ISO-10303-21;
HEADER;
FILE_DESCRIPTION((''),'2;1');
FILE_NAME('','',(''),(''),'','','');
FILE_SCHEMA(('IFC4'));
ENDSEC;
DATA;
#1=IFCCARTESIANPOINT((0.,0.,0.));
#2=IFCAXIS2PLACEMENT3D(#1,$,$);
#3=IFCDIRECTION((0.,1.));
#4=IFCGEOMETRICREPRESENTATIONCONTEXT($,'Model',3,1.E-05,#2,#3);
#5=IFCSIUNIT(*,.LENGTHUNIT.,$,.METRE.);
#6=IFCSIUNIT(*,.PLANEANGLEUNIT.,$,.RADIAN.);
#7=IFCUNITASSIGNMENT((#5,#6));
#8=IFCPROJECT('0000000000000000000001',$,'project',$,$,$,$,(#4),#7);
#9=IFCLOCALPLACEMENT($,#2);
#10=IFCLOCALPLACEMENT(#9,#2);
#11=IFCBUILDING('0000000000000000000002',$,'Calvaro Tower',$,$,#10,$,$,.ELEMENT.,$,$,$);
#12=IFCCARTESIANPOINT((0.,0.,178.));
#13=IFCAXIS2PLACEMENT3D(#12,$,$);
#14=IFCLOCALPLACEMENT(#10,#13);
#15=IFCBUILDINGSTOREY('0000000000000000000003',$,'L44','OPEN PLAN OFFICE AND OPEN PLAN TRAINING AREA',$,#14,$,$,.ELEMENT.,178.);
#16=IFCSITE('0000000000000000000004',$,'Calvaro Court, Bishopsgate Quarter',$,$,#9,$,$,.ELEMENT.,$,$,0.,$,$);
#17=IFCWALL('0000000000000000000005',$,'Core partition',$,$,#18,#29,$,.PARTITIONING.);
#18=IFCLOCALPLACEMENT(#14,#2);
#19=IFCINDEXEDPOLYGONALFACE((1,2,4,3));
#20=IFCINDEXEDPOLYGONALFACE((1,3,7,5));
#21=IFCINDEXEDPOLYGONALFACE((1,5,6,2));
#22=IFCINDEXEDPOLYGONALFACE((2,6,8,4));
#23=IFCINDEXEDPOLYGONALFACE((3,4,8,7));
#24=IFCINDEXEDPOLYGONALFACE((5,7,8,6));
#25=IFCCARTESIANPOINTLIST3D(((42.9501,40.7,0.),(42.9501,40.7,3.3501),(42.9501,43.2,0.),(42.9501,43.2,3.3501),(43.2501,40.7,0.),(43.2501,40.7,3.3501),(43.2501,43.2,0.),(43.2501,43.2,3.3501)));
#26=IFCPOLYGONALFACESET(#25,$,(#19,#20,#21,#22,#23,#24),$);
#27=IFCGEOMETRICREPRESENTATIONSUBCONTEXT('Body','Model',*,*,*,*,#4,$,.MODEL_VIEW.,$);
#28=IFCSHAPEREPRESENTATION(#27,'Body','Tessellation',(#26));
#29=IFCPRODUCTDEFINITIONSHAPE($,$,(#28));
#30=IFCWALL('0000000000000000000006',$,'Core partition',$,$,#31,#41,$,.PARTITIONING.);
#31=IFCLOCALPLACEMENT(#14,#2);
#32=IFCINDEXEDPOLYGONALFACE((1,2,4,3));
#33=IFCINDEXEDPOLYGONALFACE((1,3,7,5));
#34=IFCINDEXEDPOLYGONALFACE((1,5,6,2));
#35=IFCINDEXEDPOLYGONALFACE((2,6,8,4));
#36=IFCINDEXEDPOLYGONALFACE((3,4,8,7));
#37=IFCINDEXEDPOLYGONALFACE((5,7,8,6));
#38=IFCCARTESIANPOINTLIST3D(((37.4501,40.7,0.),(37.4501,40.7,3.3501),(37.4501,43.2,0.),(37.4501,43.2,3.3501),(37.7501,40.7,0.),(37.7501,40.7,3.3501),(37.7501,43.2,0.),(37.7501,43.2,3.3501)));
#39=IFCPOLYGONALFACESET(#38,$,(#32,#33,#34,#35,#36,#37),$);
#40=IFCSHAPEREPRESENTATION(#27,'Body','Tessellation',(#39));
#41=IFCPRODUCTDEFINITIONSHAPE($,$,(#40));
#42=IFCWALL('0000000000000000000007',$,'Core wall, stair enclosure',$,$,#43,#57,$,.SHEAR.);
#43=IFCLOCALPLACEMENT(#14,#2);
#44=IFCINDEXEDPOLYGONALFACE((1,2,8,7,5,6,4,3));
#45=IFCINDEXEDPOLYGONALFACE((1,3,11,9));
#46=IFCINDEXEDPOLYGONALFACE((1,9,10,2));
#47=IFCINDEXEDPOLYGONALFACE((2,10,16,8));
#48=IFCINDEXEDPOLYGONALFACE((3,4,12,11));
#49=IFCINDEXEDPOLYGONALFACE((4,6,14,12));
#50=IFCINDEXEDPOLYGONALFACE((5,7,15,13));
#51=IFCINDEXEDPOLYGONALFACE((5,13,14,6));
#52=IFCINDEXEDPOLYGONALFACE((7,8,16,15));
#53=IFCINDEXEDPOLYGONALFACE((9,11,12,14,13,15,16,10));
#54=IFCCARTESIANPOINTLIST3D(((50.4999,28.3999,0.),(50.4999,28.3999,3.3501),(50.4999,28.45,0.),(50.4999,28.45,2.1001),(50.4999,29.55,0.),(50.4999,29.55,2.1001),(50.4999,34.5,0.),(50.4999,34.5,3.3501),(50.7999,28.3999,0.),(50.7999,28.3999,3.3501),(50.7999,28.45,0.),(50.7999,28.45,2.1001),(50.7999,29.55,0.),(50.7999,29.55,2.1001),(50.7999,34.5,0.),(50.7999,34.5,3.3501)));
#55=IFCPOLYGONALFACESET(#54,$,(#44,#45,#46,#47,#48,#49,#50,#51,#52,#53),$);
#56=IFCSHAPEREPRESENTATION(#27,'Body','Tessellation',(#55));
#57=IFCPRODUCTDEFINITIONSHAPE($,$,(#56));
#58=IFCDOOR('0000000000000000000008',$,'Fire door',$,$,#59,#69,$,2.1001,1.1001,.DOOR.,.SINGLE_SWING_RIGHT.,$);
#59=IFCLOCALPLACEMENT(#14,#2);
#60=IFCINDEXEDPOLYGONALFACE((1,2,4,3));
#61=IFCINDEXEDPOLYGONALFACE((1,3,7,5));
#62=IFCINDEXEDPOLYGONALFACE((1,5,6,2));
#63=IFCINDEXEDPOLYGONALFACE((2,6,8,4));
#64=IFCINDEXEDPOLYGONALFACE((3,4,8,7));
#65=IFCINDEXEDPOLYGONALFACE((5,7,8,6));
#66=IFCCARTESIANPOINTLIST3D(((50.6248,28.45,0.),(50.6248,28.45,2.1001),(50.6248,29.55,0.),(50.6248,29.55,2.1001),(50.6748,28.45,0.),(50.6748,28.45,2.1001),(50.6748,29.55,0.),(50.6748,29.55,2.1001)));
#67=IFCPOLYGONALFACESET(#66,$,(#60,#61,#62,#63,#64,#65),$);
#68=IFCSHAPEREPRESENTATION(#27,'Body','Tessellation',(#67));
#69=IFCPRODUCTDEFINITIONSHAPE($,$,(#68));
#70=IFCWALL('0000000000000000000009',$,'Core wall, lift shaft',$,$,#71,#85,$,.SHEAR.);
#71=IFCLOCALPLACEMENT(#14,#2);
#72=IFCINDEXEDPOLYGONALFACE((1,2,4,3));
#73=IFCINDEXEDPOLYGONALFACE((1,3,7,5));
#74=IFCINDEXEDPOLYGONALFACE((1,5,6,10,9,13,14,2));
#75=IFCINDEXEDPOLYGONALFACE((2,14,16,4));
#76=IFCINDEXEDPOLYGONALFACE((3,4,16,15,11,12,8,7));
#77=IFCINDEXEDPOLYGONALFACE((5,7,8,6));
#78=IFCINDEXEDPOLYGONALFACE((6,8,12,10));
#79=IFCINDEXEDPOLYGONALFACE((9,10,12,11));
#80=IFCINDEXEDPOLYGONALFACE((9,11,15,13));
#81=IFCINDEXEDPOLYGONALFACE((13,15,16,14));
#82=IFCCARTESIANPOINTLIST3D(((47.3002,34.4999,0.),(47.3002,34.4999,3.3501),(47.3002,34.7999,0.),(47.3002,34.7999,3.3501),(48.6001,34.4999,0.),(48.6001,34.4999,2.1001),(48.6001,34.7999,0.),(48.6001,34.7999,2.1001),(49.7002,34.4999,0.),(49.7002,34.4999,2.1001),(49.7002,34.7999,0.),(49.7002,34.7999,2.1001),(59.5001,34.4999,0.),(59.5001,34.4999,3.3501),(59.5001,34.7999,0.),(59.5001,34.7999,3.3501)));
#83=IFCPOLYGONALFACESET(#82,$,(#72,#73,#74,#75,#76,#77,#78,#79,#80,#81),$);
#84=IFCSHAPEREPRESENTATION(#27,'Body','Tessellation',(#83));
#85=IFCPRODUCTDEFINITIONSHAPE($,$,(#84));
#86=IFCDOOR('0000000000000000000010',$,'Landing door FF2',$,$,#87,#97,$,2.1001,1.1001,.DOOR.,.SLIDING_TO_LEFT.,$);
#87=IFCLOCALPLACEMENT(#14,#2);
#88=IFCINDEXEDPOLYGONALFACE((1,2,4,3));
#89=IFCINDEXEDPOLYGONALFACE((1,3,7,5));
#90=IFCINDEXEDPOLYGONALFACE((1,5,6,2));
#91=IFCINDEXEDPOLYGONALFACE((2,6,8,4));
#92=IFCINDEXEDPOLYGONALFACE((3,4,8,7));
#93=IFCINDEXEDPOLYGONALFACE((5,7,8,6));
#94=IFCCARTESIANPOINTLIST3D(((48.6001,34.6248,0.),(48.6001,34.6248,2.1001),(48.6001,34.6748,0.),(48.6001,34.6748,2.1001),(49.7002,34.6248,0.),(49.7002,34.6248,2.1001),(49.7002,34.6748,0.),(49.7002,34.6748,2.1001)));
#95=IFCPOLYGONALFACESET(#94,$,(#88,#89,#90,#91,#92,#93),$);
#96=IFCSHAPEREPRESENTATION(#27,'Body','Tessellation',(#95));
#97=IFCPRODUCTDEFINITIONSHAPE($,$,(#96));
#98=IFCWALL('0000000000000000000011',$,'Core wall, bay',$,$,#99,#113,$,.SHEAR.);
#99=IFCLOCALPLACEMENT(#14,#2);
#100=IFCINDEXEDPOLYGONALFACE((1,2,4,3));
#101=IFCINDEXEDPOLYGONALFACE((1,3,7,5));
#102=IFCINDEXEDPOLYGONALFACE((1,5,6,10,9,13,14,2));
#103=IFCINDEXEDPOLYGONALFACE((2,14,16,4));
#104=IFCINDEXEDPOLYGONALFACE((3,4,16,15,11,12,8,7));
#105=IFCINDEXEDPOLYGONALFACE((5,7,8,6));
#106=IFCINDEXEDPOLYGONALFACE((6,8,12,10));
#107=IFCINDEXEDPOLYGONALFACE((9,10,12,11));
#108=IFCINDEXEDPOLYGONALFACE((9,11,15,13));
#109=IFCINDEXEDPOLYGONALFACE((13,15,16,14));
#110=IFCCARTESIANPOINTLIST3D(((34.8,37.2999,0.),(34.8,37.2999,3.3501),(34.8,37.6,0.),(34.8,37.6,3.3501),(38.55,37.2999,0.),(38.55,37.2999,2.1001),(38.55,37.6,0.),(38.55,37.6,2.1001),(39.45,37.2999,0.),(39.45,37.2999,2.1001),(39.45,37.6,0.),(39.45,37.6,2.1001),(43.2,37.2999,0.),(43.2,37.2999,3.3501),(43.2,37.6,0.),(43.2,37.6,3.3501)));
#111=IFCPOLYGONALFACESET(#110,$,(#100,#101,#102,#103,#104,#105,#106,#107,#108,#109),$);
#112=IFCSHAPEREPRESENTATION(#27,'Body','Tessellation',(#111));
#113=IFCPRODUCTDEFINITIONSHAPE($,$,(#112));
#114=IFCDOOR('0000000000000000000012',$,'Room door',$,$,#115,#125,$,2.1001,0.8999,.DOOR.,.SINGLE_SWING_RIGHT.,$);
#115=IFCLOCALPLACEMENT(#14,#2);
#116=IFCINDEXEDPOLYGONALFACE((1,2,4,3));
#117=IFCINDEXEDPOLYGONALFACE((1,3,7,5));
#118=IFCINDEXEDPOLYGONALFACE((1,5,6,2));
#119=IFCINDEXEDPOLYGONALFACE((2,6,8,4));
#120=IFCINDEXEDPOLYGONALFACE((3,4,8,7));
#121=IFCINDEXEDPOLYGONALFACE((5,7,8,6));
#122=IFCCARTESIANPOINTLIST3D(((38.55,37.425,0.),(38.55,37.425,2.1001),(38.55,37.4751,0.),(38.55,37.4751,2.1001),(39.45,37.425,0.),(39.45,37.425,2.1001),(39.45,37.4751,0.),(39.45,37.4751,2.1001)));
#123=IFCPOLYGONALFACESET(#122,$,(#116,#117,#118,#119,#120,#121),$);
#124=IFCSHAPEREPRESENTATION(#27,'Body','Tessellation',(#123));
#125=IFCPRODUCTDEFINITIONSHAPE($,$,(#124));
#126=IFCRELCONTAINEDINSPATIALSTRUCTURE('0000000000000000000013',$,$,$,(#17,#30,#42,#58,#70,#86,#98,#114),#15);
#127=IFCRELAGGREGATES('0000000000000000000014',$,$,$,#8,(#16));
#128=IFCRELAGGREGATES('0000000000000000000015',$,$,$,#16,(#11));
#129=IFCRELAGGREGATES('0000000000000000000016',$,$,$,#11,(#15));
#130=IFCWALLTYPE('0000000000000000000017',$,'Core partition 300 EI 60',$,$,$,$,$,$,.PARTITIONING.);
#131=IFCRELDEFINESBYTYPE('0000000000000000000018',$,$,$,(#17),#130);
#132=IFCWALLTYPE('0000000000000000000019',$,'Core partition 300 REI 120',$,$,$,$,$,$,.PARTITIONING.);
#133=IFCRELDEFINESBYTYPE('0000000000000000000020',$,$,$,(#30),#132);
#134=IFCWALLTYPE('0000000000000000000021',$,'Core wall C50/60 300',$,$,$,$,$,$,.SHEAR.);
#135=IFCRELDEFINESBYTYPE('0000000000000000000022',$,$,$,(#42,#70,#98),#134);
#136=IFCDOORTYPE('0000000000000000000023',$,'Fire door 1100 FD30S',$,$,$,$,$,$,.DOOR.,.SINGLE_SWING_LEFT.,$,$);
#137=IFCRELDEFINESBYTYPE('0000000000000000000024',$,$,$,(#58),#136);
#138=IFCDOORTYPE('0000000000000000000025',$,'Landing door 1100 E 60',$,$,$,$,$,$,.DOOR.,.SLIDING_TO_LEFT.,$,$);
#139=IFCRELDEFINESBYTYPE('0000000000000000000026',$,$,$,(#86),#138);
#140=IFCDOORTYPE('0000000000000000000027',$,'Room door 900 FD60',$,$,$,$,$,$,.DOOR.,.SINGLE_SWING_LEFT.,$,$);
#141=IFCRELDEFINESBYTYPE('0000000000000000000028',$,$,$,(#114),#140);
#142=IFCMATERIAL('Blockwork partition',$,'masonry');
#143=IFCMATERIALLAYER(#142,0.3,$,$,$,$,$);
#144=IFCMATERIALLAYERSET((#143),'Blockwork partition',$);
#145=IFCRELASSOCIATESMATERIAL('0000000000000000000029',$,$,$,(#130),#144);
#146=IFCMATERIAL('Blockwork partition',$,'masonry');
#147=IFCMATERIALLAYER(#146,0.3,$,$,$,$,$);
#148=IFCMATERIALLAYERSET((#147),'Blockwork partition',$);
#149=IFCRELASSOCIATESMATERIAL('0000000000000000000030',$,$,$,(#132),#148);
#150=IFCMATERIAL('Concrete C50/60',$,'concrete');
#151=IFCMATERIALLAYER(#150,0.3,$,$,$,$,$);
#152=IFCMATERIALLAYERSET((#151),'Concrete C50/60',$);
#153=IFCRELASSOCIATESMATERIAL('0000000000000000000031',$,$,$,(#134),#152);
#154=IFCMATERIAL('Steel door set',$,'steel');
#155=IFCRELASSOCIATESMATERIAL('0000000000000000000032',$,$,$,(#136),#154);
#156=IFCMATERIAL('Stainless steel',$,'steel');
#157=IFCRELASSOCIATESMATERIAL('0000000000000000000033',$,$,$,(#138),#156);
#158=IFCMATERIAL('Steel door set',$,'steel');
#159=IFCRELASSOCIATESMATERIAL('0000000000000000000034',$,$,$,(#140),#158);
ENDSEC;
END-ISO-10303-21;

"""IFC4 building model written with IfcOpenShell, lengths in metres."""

from ifc_helpers import new_model, si_unit, direction, frame, frame_2d, origin, place, context, subcontext, project, spatial, rectangle, extrude, material, layer, layer_set, type_object, element, fill, save


model = new_model("IFC4")

# Units and contexts
model_context = context("Model", 3, precision=1e-05, world=origin(), true_north=direction((0.0, 1.0)))
body_context = subcontext(model_context, "Body", "Model", "MODEL_VIEW")
ifc_project = project(units=[si_unit("LENGTHUNIT", "METRE"), si_unit("PLANEANGLEUNIT", "RADIAN")], contexts=[model_context])

# Site, building, storey
site_placement = place(None, origin())
site = spatial("IfcSite", under=ifc_project, at=site_placement, Name="Calvaro Court, Bishopsgate Quarter", CompositionType="ELEMENT", RefElevation=0.0)
building_placement = place(site_placement, origin())
building = spatial("IfcBuilding", under=site, at=building_placement, Name="Calvaro Tower", CompositionType="ELEMENT")
storey_placement = place(building_placement, frame((0.0, 0.0, 178.0)))
storey = spatial("IfcBuildingStorey", under=building, at=storey_placement, Name="L44", Description="OPEN PLAN OFFICE AND OPEN PLAN TRAINING AREA", CompositionType="ELEMENT", Elevation=178.0)

# Walls
ifc_material_1 = material(Name="Blockwork partition", Category="masonry")
ifc_layer_1 = layer(ifc_material_1, 0.3)
ifc_layer_set_1 = layer_set([ifc_layer_1], Name="Blockwork partition")
wall_type_1 = type_object("IfcWallType", Name="Core partition 300 EI 60", PredefinedType="PARTITIONING", material=ifc_layer_set_1)
wall_1_placement = place(storey_placement, frame((43.1001, 40.7, 0.0), z_axis=(0.0, 0.0, 1.0), x_axis=(0.0, 1.0, 0.0)))
element("IfcWall", 1, at=wall_1_placement, inside=storey, type_object=wall_type_1, Name="Core partition", PredefinedType="PARTITIONING", context=body_context, shape_type="SweptSolid", body=[
    extrude(rectangle(XDim=2.5, YDim=0.3, at=frame_2d((1.25, 0.0))), origin(), (0.0, 0.0, 1.0), 3.3501),
])
ifc_material_2 = material(Name="Blockwork partition", Category="masonry")
ifc_layer_2 = layer(ifc_material_2, 0.3)
ifc_layer_set_2 = layer_set([ifc_layer_2], Name="Blockwork partition")
wall_type_2 = type_object("IfcWallType", Name="Core partition 300 REI 120", PredefinedType="PARTITIONING", material=ifc_layer_set_2)
wall_2_placement = place(storey_placement, frame((37.6001, 40.7, 0.0), z_axis=(0.0, 0.0, 1.0), x_axis=(0.0, 1.0, 0.0)))
element("IfcWall", 2, at=wall_2_placement, inside=storey, type_object=wall_type_2, Name="Core partition", PredefinedType="PARTITIONING", context=body_context, shape_type="SweptSolid", body=[
    extrude(rectangle(XDim=2.5, YDim=0.3, at=frame_2d((1.25, 0.0))), origin(), (0.0, 0.0, 1.0), 3.3501),
])

# Walls, openings, doors
ifc_material_3 = material(Name="Concrete C50/60", Category="concrete")
ifc_layer_3 = layer(ifc_material_3, 0.3)
ifc_layer_set_3 = layer_set([ifc_layer_3], Name="Concrete C50/60")
wall_type_3 = type_object("IfcWallType", Name="Core wall C50/60 300", PredefinedType="SHEAR", material=ifc_layer_set_3)
wall_3_placement = place(storey_placement, frame((50.6499, 34.5, 0.0), z_axis=(0.0, 0.0, 1.0), x_axis=(0.0, -1.0, 0.0)))
wall_3 = element("IfcWall", 3, at=wall_3_placement, inside=storey, type_object=wall_type_3, Name="Core wall, stair enclosure", PredefinedType="SHEAR", context=body_context, shape_type="SweptSolid", body=[
    extrude(rectangle(XDim=6.1001, YDim=0.3, at=frame_2d((3.05, 0.0))), origin(), (0.0, 0.0, 1.0), 3.3501),
])
opening_1_placement = place(wall_3_placement, frame((4.95, 0.0, 0.0)))
opening_1 = element("IfcOpeningElement", 4, at=opening_1_placement, cuts=wall_3, PredefinedType="OPENING", context=body_context, shape_type="SweptSolid", body=[
    extrude(rectangle(XDim=1.1001, YDim=2.1001, at=frame_2d((0.55, 1.05))), frame((0.0, 0.1599, 0.0), z_axis=(0.0, -1.0, 0.0), x_axis=(1.0, 0.0, 0.0)), (0.0, 0.0, 1.0), 0.3201),
])
ifc_material_4 = material(Name="Steel door set", Category="steel")
door_type_1 = type_object("IfcDoorType", Name="Fire door 1100 FD30S", OperationType="SINGLE_SWING_LEFT", PredefinedType="DOOR", material=ifc_material_4)
door_1_placement = place(opening_1_placement, origin())
door_1 = element("IfcDoor", 5, at=door_1_placement, inside=storey, type_object=door_type_1, Name="Fire door", OperationType="SINGLE_SWING_RIGHT", OverallHeight=2.1001, OverallWidth=1.1001, PredefinedType="DOOR", context=body_context, shape_type="SweptSolid", body=[
    extrude(rectangle(XDim=1.1001, YDim=2.1001, at=frame_2d((0.55, 1.05))), frame((0.0, 0.0249, 0.0), z_axis=(0.0, -1.0, 0.0), x_axis=(1.0, 0.0, 0.0)), (0.0, 0.0, 1.0), 0.05),
])
fill(opening_1, door_1)
wall_4_placement = place(storey_placement, frame((47.3, 34.6499, 0.0), z_axis=(0.0, 0.0, 1.0), x_axis=(1.0, 0.0, 0.0)))
wall_4 = element("IfcWall", 6, at=wall_4_placement, inside=storey, type_object=wall_type_3, Name="Core wall, lift shaft", PredefinedType="SHEAR", context=body_context, shape_type="SweptSolid", body=[
    extrude(rectangle(XDim=12.2, YDim=0.3, at=frame_2d((6.1001, 0.0))), origin(), (0.0, 0.0, 1.0), 3.3501),
])
opening_2_placement = place(wall_4_placement, frame((1.3, 0.0, 0.0)))
opening_2 = element("IfcOpeningElement", 7, at=opening_2_placement, cuts=wall_4, PredefinedType="OPENING", context=body_context, shape_type="SweptSolid", body=[
    extrude(rectangle(XDim=1.1001, YDim=2.1001, at=frame_2d((0.55, 1.05))), frame((0.0, 0.1599, 0.0), z_axis=(0.0, -1.0, 0.0), x_axis=(1.0, 0.0, 0.0)), (0.0, 0.0, 1.0), 0.3201),
])
ifc_material_5 = material(Name="Stainless steel", Category="steel")
door_type_2 = type_object("IfcDoorType", Name="Landing door 1100 E 60", OperationType="SLIDING_TO_LEFT", PredefinedType="DOOR", material=ifc_material_5)
door_2_placement = place(opening_2_placement, origin())
door_2 = element("IfcDoor", 8, at=door_2_placement, inside=storey, type_object=door_type_2, Name="Landing door FF2", OperationType="SLIDING_TO_LEFT", OverallHeight=2.1001, OverallWidth=1.1001, PredefinedType="DOOR", context=body_context, shape_type="SweptSolid", body=[
    extrude(rectangle(XDim=1.1001, YDim=2.1001, at=frame_2d((0.55, 1.05))), frame((0.0, 0.0249, 0.0), z_axis=(0.0, -1.0, 0.0), x_axis=(1.0, 0.0, 0.0)), (0.0, 0.0, 1.0), 0.05),
])
fill(opening_2, door_2)
wall_5_placement = place(storey_placement, frame((43.2, 37.45, 0.0), z_axis=(0.0, 0.0, 1.0), x_axis=(-1.0, 0.0, 0.0)))
wall_5 = element("IfcWall", 9, at=wall_5_placement, inside=storey, type_object=wall_type_3, Name="Core wall, bay", PredefinedType="SHEAR", context=body_context, shape_type="SweptSolid", body=[
    extrude(rectangle(XDim=8.3999, YDim=0.3, at=frame_2d((4.2, 0.0))), origin(), (0.0, 0.0, 1.0), 3.3501),
])
opening_3_placement = place(wall_5_placement, frame((3.75, 0.0, 0.0)))
opening_3 = element("IfcOpeningElement", 10, at=opening_3_placement, cuts=wall_5, PredefinedType="OPENING", context=body_context, shape_type="SweptSolid", body=[
    extrude(rectangle(XDim=0.8999, YDim=2.1001, at=frame_2d((0.45, 1.05))), frame((0.0, 0.1599, 0.0), z_axis=(0.0, -1.0, 0.0), x_axis=(1.0, 0.0, 0.0)), (0.0, 0.0, 1.0), 0.3201),
])
ifc_material_6 = material(Name="Steel door set", Category="steel")
door_type_3 = type_object("IfcDoorType", Name="Room door 900 FD60", OperationType="SINGLE_SWING_LEFT", PredefinedType="DOOR", material=ifc_material_6)
door_3_placement = place(opening_3_placement, origin())
door_3 = element("IfcDoor", 11, at=door_3_placement, inside=storey, type_object=door_type_3, Name="Room door", OperationType="SINGLE_SWING_RIGHT", OverallHeight=2.1001, OverallWidth=0.8999, PredefinedType="DOOR", context=body_context, shape_type="SweptSolid", body=[
    extrude(rectangle(XDim=0.8999, YDim=2.1001, at=frame_2d((0.45, 1.05))), frame((0.0, 0.0249, 0.0), z_axis=(0.0, -1.0, 0.0), x_axis=(1.0, 0.0, 0.0)), (0.0, 0.0, 1.0), 0.05),
])
fill(opening_3, door_3)

save(model, "model.ifc")
